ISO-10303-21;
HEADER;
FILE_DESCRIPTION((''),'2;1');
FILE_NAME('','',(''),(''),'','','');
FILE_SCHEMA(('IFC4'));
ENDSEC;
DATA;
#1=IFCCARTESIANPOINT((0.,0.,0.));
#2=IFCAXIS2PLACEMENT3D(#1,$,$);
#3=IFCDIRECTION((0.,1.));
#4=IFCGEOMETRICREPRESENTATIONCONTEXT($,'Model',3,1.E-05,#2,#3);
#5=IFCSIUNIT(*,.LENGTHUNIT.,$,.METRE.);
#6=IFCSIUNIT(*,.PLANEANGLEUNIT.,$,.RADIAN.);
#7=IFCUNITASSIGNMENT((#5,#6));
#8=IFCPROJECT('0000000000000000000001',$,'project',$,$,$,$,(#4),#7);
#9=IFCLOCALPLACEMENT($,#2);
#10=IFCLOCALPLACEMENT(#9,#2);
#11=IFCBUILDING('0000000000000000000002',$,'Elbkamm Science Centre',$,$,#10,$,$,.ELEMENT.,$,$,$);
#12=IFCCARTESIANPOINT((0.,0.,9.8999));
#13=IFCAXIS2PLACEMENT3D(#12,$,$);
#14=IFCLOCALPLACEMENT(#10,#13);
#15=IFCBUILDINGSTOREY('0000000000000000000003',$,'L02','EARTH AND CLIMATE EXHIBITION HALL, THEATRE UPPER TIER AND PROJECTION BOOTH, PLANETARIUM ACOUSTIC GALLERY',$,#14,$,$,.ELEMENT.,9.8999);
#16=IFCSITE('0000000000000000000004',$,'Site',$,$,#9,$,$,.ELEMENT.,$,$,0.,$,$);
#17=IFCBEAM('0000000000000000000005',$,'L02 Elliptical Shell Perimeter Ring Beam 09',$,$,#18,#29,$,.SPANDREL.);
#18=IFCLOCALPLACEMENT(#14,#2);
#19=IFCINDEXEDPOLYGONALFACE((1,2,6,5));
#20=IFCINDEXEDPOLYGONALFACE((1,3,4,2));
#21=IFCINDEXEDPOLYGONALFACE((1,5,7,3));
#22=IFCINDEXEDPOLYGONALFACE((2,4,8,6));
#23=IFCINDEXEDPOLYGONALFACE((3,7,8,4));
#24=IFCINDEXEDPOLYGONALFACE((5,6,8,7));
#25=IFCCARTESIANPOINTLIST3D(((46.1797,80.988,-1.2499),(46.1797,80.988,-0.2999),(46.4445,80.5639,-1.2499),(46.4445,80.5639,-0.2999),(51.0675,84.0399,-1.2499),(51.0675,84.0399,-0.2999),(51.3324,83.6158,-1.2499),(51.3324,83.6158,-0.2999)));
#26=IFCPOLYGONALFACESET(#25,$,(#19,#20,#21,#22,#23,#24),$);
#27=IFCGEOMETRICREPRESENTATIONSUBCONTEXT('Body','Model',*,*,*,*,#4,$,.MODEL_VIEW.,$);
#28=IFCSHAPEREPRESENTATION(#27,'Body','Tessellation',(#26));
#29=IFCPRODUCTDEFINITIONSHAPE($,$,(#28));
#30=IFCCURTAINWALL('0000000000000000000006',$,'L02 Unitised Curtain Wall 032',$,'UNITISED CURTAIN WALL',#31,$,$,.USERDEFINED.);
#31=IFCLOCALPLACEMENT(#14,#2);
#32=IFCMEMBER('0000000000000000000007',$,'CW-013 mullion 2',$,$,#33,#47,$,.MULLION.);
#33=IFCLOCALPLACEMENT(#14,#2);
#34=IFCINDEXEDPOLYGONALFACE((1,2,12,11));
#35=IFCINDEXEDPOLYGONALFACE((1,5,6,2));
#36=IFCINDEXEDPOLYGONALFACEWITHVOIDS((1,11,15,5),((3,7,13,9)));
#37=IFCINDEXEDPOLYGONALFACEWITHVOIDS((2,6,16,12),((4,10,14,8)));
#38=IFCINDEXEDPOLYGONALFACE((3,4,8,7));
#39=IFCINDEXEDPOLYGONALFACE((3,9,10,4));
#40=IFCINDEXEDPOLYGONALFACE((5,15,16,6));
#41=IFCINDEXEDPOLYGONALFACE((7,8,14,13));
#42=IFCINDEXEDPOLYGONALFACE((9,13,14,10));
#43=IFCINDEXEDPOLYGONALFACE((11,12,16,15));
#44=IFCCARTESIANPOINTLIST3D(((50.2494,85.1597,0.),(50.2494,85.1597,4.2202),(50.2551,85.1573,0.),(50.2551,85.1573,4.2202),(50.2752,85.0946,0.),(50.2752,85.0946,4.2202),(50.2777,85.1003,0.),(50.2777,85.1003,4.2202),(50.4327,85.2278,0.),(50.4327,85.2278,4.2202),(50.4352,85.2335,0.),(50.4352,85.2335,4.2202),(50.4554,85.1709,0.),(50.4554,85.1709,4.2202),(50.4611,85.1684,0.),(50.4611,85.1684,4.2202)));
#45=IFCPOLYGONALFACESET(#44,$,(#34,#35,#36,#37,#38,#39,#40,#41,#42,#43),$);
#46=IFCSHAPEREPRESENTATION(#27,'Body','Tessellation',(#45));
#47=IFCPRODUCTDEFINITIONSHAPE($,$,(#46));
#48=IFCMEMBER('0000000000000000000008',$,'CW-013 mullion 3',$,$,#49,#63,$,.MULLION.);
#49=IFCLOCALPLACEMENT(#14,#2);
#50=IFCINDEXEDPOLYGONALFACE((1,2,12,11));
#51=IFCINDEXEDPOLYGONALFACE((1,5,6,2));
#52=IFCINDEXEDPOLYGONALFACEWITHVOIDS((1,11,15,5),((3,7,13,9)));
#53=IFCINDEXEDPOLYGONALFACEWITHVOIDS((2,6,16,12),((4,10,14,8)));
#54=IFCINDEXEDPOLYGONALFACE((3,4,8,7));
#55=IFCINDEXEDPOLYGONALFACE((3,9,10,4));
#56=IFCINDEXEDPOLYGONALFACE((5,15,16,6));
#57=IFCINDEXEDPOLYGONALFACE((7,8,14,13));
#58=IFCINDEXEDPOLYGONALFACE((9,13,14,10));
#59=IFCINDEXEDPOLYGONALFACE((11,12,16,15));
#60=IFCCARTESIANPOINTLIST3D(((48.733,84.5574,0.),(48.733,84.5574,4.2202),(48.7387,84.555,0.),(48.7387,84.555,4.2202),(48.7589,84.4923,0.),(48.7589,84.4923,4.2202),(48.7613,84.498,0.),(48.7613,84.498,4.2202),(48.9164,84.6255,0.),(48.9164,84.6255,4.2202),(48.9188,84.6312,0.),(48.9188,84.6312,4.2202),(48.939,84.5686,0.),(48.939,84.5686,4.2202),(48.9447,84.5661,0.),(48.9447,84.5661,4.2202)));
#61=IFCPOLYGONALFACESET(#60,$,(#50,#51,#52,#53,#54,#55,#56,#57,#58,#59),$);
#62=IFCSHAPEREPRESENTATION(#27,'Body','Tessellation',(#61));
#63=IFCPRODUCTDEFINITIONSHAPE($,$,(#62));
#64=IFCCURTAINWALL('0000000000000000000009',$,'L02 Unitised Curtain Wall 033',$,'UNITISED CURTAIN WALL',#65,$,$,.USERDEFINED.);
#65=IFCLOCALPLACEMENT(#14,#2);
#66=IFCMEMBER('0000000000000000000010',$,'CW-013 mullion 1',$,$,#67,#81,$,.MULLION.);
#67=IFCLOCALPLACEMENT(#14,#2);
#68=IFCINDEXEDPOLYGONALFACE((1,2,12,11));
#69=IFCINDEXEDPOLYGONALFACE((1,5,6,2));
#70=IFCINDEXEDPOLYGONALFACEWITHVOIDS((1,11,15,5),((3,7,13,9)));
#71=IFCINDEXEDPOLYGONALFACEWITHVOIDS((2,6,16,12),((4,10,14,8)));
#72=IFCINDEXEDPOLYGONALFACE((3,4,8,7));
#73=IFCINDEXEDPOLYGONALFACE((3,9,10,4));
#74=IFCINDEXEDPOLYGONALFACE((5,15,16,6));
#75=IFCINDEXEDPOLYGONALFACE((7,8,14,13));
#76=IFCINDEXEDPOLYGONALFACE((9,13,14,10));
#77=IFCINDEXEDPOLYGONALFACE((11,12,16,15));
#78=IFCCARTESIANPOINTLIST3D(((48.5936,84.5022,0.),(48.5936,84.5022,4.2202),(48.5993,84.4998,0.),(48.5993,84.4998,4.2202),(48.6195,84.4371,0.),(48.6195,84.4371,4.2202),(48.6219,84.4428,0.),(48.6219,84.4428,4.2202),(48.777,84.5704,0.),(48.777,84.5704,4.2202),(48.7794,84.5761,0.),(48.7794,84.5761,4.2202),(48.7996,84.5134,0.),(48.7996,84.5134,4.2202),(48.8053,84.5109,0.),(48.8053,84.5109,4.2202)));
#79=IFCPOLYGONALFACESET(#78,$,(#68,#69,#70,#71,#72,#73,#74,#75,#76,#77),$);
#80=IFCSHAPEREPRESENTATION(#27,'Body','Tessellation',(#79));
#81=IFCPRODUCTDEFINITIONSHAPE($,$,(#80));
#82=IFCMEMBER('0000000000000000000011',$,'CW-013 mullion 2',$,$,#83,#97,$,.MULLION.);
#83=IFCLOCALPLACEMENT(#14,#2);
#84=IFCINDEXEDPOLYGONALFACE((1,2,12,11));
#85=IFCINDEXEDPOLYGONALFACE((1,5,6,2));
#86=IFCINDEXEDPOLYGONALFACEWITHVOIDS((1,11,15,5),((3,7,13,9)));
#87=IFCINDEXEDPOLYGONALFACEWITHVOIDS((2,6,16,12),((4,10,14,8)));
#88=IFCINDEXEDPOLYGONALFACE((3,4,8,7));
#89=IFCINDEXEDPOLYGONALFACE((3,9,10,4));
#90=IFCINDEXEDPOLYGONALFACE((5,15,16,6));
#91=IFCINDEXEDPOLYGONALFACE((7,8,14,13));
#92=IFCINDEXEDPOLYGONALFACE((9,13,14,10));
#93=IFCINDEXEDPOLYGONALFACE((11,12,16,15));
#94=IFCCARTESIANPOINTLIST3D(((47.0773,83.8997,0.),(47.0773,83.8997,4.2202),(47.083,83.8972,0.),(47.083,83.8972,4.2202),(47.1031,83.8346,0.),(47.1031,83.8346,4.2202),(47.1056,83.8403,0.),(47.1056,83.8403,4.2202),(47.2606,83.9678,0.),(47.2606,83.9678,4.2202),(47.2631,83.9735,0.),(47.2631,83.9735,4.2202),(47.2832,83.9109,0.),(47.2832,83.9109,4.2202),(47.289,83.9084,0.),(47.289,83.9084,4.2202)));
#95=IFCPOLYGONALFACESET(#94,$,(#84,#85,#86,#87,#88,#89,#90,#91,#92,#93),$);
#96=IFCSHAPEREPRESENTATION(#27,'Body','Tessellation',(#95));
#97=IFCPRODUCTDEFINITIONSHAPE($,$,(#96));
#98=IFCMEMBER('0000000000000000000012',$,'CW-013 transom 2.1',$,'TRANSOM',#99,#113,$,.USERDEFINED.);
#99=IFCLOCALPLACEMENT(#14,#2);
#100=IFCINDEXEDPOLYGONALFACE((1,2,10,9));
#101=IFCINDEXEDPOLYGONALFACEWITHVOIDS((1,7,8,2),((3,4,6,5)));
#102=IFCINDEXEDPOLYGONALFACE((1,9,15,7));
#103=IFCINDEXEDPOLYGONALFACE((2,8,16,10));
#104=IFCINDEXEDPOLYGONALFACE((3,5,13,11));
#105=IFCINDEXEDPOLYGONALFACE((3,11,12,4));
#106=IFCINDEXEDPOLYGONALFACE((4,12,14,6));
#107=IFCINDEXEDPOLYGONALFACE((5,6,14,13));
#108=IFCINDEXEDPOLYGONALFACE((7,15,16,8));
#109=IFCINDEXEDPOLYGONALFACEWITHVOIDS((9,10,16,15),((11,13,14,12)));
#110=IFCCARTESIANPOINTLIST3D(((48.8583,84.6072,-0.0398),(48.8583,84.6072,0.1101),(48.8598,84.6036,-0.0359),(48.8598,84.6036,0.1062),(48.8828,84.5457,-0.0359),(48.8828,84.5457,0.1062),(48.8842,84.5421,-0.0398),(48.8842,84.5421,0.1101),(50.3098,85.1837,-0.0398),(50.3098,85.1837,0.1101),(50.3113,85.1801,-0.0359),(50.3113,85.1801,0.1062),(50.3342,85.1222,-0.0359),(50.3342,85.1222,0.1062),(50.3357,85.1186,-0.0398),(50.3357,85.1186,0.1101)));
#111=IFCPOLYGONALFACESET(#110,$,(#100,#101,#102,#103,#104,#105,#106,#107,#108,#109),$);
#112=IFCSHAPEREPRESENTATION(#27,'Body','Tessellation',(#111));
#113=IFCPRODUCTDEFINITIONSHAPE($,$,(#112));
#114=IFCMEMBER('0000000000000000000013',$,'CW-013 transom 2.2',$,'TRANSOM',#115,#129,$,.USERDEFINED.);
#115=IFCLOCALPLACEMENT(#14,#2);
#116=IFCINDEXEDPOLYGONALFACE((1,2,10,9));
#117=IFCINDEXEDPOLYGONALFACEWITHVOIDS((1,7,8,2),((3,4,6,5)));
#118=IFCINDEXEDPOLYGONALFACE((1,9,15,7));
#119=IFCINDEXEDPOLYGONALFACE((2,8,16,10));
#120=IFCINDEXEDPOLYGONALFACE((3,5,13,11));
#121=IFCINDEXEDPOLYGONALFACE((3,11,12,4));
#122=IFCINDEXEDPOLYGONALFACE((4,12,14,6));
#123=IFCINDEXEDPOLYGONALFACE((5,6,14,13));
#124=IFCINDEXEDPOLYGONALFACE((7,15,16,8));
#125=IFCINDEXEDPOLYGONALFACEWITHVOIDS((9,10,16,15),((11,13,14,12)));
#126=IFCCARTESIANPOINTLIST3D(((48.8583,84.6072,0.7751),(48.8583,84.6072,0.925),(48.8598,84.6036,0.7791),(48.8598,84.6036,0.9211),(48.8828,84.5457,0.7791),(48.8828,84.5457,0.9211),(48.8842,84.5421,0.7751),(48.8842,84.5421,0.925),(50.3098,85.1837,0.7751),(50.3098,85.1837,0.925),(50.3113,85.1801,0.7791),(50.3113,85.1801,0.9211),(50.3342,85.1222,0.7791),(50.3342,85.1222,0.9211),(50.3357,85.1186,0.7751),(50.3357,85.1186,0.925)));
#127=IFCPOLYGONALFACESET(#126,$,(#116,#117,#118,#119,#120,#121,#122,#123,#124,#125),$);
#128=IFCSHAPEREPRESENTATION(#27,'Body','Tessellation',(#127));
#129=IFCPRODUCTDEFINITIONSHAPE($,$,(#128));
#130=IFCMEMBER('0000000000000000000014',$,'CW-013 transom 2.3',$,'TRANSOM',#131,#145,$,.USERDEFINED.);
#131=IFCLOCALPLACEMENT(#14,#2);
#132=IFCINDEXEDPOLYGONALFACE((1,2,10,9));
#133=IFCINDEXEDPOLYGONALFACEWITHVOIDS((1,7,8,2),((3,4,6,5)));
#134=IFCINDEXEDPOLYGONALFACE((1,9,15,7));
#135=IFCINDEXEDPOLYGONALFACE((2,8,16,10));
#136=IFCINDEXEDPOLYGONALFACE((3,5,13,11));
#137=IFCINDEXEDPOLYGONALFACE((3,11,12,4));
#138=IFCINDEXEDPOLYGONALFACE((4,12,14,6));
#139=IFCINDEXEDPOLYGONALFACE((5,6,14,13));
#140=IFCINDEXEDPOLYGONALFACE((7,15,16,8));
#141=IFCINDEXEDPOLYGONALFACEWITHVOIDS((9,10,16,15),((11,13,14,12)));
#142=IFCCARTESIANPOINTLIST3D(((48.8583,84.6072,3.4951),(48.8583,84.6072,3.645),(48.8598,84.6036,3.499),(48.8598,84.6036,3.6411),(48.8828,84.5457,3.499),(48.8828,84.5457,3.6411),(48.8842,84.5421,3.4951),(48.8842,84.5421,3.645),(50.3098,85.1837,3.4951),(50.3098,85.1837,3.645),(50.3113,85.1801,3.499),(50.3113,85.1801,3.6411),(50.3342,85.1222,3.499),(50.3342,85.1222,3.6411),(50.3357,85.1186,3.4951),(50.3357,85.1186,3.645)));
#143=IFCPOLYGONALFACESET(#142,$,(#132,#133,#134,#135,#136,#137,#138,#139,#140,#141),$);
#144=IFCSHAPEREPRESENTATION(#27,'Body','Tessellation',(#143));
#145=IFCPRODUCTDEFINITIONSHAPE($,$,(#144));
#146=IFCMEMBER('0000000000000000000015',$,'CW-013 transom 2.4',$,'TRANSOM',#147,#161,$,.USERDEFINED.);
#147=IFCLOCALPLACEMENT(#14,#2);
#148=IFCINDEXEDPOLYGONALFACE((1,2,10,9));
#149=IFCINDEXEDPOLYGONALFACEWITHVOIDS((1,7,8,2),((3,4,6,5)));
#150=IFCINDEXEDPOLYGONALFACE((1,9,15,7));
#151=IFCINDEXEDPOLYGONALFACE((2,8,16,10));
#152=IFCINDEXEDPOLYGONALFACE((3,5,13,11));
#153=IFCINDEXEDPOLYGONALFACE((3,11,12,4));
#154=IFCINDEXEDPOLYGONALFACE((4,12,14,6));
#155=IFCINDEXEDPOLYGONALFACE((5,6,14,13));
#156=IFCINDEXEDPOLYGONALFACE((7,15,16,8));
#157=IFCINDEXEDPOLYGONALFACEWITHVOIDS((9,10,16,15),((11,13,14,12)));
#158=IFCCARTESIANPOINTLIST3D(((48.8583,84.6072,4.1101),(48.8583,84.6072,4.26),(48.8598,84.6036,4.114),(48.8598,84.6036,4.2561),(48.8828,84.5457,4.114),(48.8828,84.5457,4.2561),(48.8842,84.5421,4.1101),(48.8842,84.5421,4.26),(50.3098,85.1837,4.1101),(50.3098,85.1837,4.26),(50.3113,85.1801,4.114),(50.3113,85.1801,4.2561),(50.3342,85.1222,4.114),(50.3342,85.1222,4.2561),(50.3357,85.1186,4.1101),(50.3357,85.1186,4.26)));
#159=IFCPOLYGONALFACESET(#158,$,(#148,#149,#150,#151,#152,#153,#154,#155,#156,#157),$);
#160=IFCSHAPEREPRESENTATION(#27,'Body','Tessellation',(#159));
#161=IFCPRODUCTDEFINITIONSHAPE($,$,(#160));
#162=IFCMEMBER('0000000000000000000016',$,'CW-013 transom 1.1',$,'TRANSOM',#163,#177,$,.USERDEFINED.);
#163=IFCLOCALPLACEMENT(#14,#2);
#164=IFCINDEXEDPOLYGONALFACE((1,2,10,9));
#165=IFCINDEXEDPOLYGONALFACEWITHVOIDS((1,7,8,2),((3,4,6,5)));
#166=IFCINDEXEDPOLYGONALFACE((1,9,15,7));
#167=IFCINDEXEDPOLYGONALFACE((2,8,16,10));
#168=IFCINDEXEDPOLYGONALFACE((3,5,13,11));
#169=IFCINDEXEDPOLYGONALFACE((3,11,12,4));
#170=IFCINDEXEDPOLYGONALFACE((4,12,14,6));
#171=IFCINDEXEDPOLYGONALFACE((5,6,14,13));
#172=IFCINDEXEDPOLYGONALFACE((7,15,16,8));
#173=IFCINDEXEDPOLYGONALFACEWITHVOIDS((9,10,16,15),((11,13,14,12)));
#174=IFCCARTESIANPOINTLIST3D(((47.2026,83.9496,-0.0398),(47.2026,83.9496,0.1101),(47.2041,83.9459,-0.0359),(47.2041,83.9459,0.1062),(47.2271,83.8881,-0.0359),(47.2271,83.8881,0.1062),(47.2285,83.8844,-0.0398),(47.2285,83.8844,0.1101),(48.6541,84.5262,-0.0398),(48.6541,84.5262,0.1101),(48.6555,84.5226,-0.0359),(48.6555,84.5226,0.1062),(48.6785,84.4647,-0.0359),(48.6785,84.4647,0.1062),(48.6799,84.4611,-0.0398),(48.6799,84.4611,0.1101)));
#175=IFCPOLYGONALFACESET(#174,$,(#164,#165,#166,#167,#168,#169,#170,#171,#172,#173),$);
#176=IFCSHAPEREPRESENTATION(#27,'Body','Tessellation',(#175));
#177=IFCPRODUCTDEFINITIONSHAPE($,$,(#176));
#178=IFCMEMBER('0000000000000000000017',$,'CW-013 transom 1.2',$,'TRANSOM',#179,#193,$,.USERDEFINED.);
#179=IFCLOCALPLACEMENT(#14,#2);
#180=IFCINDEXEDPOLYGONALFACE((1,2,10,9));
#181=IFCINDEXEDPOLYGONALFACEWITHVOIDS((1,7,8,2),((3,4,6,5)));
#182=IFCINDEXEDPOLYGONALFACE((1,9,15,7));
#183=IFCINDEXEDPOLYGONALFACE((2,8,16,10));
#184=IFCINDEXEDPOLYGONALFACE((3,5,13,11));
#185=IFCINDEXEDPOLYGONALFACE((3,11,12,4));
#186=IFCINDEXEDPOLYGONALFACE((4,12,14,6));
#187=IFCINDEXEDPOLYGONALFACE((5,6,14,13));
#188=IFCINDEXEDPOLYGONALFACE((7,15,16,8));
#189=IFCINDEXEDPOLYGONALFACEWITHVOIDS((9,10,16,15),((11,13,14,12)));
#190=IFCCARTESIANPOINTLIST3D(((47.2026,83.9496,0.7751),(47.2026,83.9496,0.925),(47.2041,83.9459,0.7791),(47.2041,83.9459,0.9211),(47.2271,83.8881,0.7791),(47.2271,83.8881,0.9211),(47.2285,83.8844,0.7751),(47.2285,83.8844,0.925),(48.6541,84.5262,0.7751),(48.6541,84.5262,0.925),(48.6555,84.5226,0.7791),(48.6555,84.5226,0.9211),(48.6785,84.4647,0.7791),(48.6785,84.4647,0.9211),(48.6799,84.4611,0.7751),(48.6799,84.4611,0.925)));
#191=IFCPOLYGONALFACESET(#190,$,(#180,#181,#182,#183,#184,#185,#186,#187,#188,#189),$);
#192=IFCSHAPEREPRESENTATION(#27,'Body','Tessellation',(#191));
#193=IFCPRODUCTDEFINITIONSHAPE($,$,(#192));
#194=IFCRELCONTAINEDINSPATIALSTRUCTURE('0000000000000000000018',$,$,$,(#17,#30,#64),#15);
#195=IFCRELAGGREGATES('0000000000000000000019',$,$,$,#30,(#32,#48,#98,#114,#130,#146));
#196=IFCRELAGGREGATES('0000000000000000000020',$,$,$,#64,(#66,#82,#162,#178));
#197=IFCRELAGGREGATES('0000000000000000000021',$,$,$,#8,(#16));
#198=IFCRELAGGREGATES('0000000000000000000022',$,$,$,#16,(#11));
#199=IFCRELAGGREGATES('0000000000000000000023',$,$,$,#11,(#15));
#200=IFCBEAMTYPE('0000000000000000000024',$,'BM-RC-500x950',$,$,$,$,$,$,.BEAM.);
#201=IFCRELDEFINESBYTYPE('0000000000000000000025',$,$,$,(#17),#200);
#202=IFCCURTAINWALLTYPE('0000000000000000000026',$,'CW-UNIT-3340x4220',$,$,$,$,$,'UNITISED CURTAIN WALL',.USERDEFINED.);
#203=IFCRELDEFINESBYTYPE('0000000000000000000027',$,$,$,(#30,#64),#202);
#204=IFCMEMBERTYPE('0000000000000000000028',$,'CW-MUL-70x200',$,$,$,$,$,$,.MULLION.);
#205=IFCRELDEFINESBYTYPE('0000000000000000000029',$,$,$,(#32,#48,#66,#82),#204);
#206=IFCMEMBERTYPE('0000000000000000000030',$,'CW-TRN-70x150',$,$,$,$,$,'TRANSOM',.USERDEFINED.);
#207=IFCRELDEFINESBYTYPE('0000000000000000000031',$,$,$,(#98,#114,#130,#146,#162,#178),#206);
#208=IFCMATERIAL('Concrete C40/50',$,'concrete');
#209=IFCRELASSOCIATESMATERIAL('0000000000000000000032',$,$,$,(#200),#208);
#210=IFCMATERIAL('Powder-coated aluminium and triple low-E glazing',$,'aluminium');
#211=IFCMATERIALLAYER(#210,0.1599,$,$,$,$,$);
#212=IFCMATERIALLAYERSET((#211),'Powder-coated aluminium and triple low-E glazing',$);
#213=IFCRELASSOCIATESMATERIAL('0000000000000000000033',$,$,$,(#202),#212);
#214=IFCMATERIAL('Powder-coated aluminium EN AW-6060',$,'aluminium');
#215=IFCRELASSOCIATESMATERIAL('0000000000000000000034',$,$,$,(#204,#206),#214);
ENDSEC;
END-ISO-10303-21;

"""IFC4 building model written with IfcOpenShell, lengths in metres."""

from ifc_helpers import new_model, si_unit, direction, frame, origin, origin_2d, place, context, subcontext, project, spatial, rectangle, hollow_rectangle, extrude, material, layer, layer_set, material_profile, profile_set, type_object, element, aggregate, save


model = new_model("IFC4")

# Units and contexts
model_context = context("Model", 3, precision=1e-05, world=origin(), true_north=direction((0.0, 1.0)))
body_context = subcontext(model_context, "Body", "Model", "MODEL_VIEW")
ifc_project = project(units=[si_unit("LENGTHUNIT", "METRE"), si_unit("PLANEANGLEUNIT", "RADIAN")], contexts=[model_context])

# Site, building, storey
site_placement = place(None, origin())
site = spatial("IfcSite", under=ifc_project, at=site_placement, Name="Site", CompositionType="ELEMENT", RefElevation=0.0)
building_placement = place(site_placement, origin())
building = spatial("IfcBuilding", under=site, at=building_placement, Name="Elbkamm Science Centre", CompositionType="ELEMENT")
storey_placement = place(building_placement, frame((0.0, 0.0, 9.8999)))
storey = spatial("IfcBuildingStorey", under=building, at=storey_placement, Name="L02", Description="EARTH AND CLIMATE EXHIBITION HALL, THEATRE UPPER TIER AND PROJECTION BOOTH, PLANETARIUM ACOUSTIC GALLERY", CompositionType="ELEMENT", Elevation=9.8999)

# Shared definitions
ifc_material_1 = material(Name="Concrete C40/50", Category="concrete")

# Beam
ifc_material_profile_1 = material_profile(ifc_material_1, rectangle(XDim=0.5, YDim=0.95, at=origin_2d()), Name="RC 500x950")
ifc_profile_set_1 = profile_set([ifc_material_profile_1], Name="Concrete C40/50")
beam_type_1 = type_object("IfcBeamType", Name="BM-RC-500x950", PredefinedType="BEAM", material=ifc_profile_set_1)
beam_1_placement = place(storey_placement, frame((51.2, 83.8279, -0.7749), z_axis=(-0.848229, -0.529629, 0.0), x_axis=(0.529629, -0.848229, 0.0)))
element("IfcBeam", 1, at=beam_1_placement, inside=storey, type_object=beam_type_1, Name="L02 Elliptical Shell Perimeter Ring Beam 09", PredefinedType="SPANDREL", context=body_context, shape_type="SweptSolid", body=[
    extrude(rectangle(XDim=0.5, YDim=0.95, at=origin_2d()), origin(), (0.0, 0.0, 1.0), 5.7625),
])

# Curtain walls, members
ifc_material_2 = material(Name="Powder-coated aluminium and triple low-E glazing", Category="aluminium")
ifc_layer_1 = layer(ifc_material_2, 0.1599)
ifc_layer_set_1 = layer_set([ifc_layer_1], Name="Powder-coated aluminium and triple low-E glazing")
curtain_wall_type = type_object("IfcCurtainWallType", Name="CW-UNIT-3340x4220", ElementType="UNITISED CURTAIN WALL", PredefinedType="USERDEFINED", material=ifc_layer_set_1)
curtain_wall_1_placement = place(storey_placement, origin())
curtain_wall_1 = element("IfcCurtainWall", 2, at=curtain_wall_1_placement, inside=storey, type_object=curtain_wall_type, Name="L02 Unitised Curtain Wall 032", ObjectType="UNITISED CURTAIN WALL", PredefinedType="USERDEFINED")
ifc_material_3 = material(Name="Powder-coated aluminium EN AW-6060", Category="aluminium")
ifc_material_profile_2 = material_profile(ifc_material_3, hollow_rectangle(XDim=0.0701, YDim=0.2, WallThickness=0.0044, at=origin_2d()), Name="ALU M70x200")
ifc_profile_set_2 = profile_set([ifc_material_profile_2], Name="Powder-coated aluminium EN AW-6060")
member_type_1 = type_object("IfcMemberType", Name="CW-MUL-70x200", PredefinedType="MULLION", material=ifc_profile_set_2)
member_1_placement = place(storey_placement, frame((50.3552, 85.1641, 0.0), z_axis=(0.0, 0.0, 1.0), x_axis=(0.36916, -0.929366, 0.0)))
member_1 = element("IfcMember", 3, at=member_1_placement, type_object=member_type_1, Name="CW-013 mullion 2", PredefinedType="MULLION", context=body_context, shape_type="SweptSolid", body=[
    extrude(hollow_rectangle(XDim=0.0701, YDim=0.2, WallThickness=0.0044, at=origin_2d()), origin(), (0.0, 0.0, 1.0), 4.2202),
])
member_2_placement = place(storey_placement, frame((48.8389, 84.5618, 0.0), z_axis=(0.0, 0.0, 1.0), x_axis=(0.36916, -0.929366, 0.0)))
member_2 = element("IfcMember", 4, at=member_2_placement, type_object=member_type_1, Name="CW-013 mullion 3", PredefinedType="MULLION", context=body_context, shape_type="SweptSolid", body=[
    extrude(hollow_rectangle(XDim=0.0701, YDim=0.2, WallThickness=0.0044, at=origin_2d()), origin(), (0.0, 0.0, 1.0), 4.2202),
])
curtain_wall_2_placement = place(storey_placement, origin())
curtain_wall_2 = element("IfcCurtainWall", 5, at=curtain_wall_2_placement, inside=storey, type_object=curtain_wall_type, Name="L02 Unitised Curtain Wall 033", ObjectType="UNITISED CURTAIN WALL", PredefinedType="USERDEFINED")
member_3_placement = place(storey_placement, frame((48.6995, 84.5066, 0.0), z_axis=(0.0, 0.0, 1.0), x_axis=(0.36916, -0.929366, 0.0)))
member_3 = element("IfcMember", 6, at=member_3_placement, type_object=member_type_1, Name="CW-013 mullion 1", PredefinedType="MULLION", context=body_context, shape_type="SweptSolid", body=[
    extrude(hollow_rectangle(XDim=0.0701, YDim=0.2, WallThickness=0.0044, at=origin_2d()), origin(), (0.0, 0.0, 1.0), 4.2202),
])
member_4_placement = place(storey_placement, frame((47.1831, 83.9041, 0.0), z_axis=(0.0, 0.0, 1.0), x_axis=(0.36916, -0.929366, 0.0)))
member_4 = element("IfcMember", 7, at=member_4_placement, type_object=member_type_1, Name="CW-013 mullion 2", PredefinedType="MULLION", context=body_context, shape_type="SweptSolid", body=[
    extrude(hollow_rectangle(XDim=0.0701, YDim=0.2, WallThickness=0.0044, at=origin_2d()), origin(), (0.0, 0.0, 1.0), 4.2202),
])

# Members
ifc_material_profile_3 = material_profile(ifc_material_3, hollow_rectangle(XDim=0.0701, YDim=0.1499, WallThickness=0.0039, at=origin_2d()), Name="ALU T70x150")
ifc_profile_set_3 = profile_set([ifc_material_profile_3], Name="Powder-coated aluminium EN AW-6060")
member_type_2 = type_object("IfcMemberType", Name="CW-TRN-70x150", ElementType="TRANSOM", PredefinedType="USERDEFINED", material=ifc_profile_set_3)
member_5_placement = place(storey_placement, frame((50.3228, 85.1511, 0.0352), z_axis=(-0.92939, -0.369098, 0.0), x_axis=(0.369098, -0.92939, 0.0)))
member_5 = element("IfcMember", 8, at=member_5_placement, type_object=member_type_2, Name="CW-013 transom 2.1", ObjectType="TRANSOM", PredefinedType="USERDEFINED", context=body_context, shape_type="SweptSolid", body=[
    extrude(hollow_rectangle(XDim=0.0701, YDim=0.1499, WallThickness=0.0039, at=origin_2d()), origin(), (0.0, 0.0, 1.0), 1.5618),
])
member_6_placement = place(storey_placement, frame((50.3228, 85.1511, 0.8501), z_axis=(-0.92939, -0.369098, 0.0), x_axis=(0.369098, -0.92939, 0.0)))
member_6 = element("IfcMember", 9, at=member_6_placement, type_object=member_type_2, Name="CW-013 transom 2.2", ObjectType="TRANSOM", PredefinedType="USERDEFINED", context=body_context, shape_type="SweptSolid", body=[
    extrude(hollow_rectangle(XDim=0.0701, YDim=0.1499, WallThickness=0.0039, at=origin_2d()), origin(), (0.0, 0.0, 1.0), 1.5618),
])
member_7_placement = place(storey_placement, frame((50.3228, 85.1511, 3.5701), z_axis=(-0.92939, -0.369098, 0.0), x_axis=(0.369098, -0.92939, 0.0)))
member_7 = element("IfcMember", 10, at=member_7_placement, type_object=member_type_2, Name="CW-013 transom 2.3", ObjectType="TRANSOM", PredefinedType="USERDEFINED", context=body_context, shape_type="SweptSolid", body=[
    extrude(hollow_rectangle(XDim=0.0701, YDim=0.1499, WallThickness=0.0039, at=origin_2d()), origin(), (0.0, 0.0, 1.0), 1.5618),
])
member_8_placement = place(storey_placement, frame((50.3228, 85.1511, 4.1851), z_axis=(-0.92939, -0.369098, 0.0), x_axis=(0.369098, -0.92939, 0.0)))
member_8 = element("IfcMember", 11, at=member_8_placement, type_object=member_type_2, Name="CW-013 transom 2.4", ObjectType="TRANSOM", PredefinedType="USERDEFINED", context=body_context, shape_type="SweptSolid", body=[
    extrude(hollow_rectangle(XDim=0.0701, YDim=0.1499, WallThickness=0.0039, at=origin_2d()), origin(), (0.0, 0.0, 1.0), 1.5618),
])
member_9_placement = place(storey_placement, frame((48.667, 84.4937, 0.0352), z_axis=(-0.929337, -0.369234, 0.0), x_axis=(0.369234, -0.929337, 0.0)))
member_9 = element("IfcMember", 12, at=member_9_placement, type_object=member_type_2, Name="CW-013 transom 1.1", ObjectType="TRANSOM", PredefinedType="USERDEFINED", context=body_context, shape_type="SweptSolid", body=[
    extrude(hollow_rectangle(XDim=0.0701, YDim=0.1499, WallThickness=0.0039, at=origin_2d()), origin(), (0.0, 0.0, 1.0), 1.5618),
])
member_10_placement = place(storey_placement, frame((48.667, 84.4937, 0.8501), z_axis=(-0.929337, -0.369234, 0.0), x_axis=(0.369234, -0.929337, 0.0)))
member_10 = element("IfcMember", 13, at=member_10_placement, type_object=member_type_2, Name="CW-013 transom 1.2", ObjectType="TRANSOM", PredefinedType="USERDEFINED", context=body_context, shape_type="SweptSolid", body=[
    extrude(hollow_rectangle(XDim=0.0701, YDim=0.1499, WallThickness=0.0039, at=origin_2d()), origin(), (0.0, 0.0, 1.0), 1.5618),
])

aggregate(curtain_wall_1, [member_1, member_2, member_5, member_6, member_7, member_8])
aggregate(curtain_wall_2, [member_3, member_4, member_9, member_10])

save(model, "model.ifc")
